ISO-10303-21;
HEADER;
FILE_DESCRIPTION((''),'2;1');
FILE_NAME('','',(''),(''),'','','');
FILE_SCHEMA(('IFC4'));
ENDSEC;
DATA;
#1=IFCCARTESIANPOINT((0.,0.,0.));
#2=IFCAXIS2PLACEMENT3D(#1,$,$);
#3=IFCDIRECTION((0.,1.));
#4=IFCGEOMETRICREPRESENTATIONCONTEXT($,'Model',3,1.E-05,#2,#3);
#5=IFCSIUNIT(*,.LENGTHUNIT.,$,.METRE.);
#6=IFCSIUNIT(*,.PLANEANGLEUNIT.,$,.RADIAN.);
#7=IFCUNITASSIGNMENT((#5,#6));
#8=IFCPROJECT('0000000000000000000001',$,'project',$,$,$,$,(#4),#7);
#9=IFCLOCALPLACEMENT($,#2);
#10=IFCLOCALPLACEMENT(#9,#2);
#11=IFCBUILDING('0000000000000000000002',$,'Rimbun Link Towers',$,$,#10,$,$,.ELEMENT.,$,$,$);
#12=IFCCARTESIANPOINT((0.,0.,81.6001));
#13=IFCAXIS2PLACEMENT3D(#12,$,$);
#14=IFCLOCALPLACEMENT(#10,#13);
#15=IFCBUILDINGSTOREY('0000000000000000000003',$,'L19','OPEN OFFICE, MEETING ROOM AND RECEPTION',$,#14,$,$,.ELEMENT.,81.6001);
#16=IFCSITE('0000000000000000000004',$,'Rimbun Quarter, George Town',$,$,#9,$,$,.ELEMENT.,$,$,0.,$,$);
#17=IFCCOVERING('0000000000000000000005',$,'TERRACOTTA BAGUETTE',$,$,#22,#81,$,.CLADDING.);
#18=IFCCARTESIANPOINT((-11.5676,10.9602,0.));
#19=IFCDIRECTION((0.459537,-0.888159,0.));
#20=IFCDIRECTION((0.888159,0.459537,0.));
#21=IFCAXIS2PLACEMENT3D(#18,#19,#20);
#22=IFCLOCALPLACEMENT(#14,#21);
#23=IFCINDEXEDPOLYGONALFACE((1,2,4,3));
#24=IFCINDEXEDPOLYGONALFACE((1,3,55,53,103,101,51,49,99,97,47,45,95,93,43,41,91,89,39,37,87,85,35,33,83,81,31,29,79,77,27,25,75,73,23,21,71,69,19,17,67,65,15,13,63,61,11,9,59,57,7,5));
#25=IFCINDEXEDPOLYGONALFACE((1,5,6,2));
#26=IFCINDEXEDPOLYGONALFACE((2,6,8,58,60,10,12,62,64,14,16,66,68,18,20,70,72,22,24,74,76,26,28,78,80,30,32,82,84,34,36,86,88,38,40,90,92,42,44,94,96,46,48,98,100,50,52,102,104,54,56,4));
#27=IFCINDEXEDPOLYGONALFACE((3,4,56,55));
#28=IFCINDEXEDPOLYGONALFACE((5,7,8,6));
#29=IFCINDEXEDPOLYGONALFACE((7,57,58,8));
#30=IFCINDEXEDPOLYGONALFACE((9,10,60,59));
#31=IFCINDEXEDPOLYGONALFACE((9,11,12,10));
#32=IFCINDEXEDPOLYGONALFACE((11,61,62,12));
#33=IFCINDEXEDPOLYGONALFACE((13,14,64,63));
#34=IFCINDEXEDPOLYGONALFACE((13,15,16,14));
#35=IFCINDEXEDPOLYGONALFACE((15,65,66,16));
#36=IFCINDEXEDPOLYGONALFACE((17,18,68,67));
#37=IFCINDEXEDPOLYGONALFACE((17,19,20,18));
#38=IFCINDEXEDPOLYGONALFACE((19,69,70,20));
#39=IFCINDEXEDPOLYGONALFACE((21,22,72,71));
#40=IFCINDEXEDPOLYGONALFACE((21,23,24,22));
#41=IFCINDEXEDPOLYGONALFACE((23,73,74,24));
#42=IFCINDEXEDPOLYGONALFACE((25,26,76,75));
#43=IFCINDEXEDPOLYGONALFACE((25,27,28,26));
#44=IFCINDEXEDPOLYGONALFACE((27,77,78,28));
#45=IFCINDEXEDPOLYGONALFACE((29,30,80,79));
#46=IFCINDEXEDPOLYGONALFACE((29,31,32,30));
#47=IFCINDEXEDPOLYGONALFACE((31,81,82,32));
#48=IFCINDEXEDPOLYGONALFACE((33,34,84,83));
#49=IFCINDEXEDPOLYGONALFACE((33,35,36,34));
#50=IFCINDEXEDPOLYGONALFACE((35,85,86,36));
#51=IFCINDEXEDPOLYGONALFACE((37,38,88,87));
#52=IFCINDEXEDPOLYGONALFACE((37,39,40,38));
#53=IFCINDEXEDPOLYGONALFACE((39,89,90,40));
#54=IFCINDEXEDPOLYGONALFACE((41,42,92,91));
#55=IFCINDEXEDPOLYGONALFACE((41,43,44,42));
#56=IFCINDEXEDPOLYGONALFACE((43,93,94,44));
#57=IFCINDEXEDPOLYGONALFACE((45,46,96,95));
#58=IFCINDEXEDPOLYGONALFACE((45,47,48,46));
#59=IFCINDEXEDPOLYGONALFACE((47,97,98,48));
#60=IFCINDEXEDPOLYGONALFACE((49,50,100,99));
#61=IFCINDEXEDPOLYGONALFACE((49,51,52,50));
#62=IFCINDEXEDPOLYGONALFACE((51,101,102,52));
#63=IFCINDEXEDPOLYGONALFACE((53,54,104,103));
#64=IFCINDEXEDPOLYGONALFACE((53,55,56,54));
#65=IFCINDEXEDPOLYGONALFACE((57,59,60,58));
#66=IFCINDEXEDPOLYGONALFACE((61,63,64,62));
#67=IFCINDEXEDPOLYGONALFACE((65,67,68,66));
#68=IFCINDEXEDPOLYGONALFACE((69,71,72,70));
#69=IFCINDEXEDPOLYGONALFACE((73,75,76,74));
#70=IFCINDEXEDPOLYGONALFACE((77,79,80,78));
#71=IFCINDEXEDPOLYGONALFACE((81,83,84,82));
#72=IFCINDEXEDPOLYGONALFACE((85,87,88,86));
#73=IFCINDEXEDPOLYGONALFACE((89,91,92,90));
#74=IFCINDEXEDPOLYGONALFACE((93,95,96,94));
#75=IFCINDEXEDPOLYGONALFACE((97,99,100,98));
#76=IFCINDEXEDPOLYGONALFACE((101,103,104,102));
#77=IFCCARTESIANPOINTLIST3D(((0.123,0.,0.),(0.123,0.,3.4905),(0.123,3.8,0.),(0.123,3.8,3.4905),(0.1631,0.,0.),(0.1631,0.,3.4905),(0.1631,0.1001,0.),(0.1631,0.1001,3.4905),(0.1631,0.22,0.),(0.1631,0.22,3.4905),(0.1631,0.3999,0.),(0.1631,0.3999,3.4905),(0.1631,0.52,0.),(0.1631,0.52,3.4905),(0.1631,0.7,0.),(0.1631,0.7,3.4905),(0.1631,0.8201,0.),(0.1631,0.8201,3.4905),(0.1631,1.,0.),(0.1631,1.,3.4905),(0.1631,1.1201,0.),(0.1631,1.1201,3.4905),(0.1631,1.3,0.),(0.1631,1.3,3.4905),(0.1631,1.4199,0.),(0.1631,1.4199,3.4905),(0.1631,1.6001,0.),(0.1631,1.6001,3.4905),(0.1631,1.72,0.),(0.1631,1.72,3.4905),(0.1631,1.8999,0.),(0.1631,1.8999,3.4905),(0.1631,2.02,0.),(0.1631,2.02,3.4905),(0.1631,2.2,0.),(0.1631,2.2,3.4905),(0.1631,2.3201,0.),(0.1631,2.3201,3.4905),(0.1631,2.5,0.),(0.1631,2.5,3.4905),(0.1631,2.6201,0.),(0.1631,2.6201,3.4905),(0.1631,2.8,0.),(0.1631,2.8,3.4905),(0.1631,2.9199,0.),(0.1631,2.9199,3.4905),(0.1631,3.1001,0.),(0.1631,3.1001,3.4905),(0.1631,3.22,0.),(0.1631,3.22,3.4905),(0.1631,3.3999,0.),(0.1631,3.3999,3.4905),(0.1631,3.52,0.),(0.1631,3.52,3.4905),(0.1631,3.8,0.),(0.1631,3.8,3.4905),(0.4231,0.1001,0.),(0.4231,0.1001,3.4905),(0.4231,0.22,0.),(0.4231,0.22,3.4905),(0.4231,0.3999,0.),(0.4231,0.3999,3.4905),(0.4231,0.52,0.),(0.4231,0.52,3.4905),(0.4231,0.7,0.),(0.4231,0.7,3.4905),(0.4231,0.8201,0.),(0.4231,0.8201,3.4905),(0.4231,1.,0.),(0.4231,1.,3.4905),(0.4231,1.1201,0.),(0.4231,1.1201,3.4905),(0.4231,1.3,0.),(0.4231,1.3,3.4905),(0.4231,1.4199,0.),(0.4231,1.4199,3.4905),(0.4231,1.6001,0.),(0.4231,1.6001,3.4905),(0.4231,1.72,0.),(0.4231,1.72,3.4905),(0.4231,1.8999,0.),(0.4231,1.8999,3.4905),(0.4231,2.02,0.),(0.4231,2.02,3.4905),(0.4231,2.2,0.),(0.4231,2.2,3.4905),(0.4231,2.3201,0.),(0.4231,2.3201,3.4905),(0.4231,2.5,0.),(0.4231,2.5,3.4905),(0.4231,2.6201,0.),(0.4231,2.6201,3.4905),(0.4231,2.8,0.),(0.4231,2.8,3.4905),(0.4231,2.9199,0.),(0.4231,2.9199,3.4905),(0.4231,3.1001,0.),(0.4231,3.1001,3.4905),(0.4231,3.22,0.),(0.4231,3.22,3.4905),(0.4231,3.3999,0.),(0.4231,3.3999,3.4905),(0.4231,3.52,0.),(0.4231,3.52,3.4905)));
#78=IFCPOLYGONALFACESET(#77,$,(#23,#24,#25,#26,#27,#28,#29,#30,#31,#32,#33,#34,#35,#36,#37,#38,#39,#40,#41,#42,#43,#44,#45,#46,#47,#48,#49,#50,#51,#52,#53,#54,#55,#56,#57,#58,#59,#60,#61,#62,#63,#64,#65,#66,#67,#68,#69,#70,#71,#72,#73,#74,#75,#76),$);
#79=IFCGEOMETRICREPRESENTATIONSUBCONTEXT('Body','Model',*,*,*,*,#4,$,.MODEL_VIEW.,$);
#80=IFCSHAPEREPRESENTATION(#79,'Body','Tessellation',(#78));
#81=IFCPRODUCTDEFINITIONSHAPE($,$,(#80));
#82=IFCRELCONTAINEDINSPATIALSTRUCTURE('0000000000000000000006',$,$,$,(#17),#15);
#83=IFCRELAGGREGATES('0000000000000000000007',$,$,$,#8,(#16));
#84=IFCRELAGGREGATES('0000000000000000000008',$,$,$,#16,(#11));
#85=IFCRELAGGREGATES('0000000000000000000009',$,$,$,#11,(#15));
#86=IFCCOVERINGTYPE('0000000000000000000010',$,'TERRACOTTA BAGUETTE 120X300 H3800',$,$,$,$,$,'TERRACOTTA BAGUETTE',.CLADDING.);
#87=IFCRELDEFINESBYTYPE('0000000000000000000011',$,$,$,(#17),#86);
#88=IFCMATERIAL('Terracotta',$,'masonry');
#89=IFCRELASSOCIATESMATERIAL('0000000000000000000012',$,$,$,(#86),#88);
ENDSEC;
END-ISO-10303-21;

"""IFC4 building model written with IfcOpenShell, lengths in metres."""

from ifc_helpers import new_model, si_unit, direction, frame, origin, place, context, subcontext, project, spatial, polyline, outline, extrude, material, material_profile, profile_set, type_object, element, save


model = new_model("IFC4")

# Units and contexts
model_context = context("Model", 3, precision=1e-05, world=origin(), true_north=direction((0.0, 1.0)))
body_context = subcontext(model_context, "Body", "Model", "MODEL_VIEW")
ifc_project = project(units=[si_unit("LENGTHUNIT", "METRE"), si_unit("PLANEANGLEUNIT", "RADIAN")], contexts=[model_context])

# Site, building, storey
site_placement = place(None, origin())
site = spatial("IfcSite", under=ifc_project, at=site_placement, Name="Rimbun Quarter, George Town", CompositionType="ELEMENT", RefElevation=0.0)
building_placement = place(site_placement, origin())
building = spatial("IfcBuilding", under=site, at=building_placement, Name="Rimbun Link Towers", CompositionType="ELEMENT")
storey_placement = place(building_placement, frame((0.0, 0.0, 81.6001)))
storey = spatial("IfcBuildingStorey", under=building, at=storey_placement, Name="L19", Description="OPEN OFFICE, MEETING ROOM AND RECEPTION", CompositionType="ELEMENT", Elevation=81.6001)

# Covering
ifc_material_1 = material(Name="Terracotta", Category="masonry")
ifc_material_profile_1 = material_profile(ifc_material_1, outline(polyline([(0.123, 0.0), (0.1631, 0.0), (0.1631, 0.1001), (0.4231, 0.1001), (0.4231, 0.22), (0.1631, 0.22), (0.1631, 0.3999), (0.4231, 0.3999), (0.4231, 0.52), (0.1631, 0.52), (0.1631, 0.7), (0.4231, 0.7), (0.4231, 0.8201), (0.1631, 0.8201), (0.1631, 1.0), (0.4231, 1.0), (0.4231, 1.1201), (0.1631, 1.1201), (0.1631, 1.3), (0.4231, 1.3), (0.4231, 1.4199), (0.1631, 1.4199), (0.1631, 1.6001), (0.4231, 1.6001), (0.4231, 1.72), (0.1631, 1.72), (0.1631, 1.8999), (0.4231, 1.8999), (0.4231, 2.02), (0.1631, 2.02), (0.1631, 2.2), (0.4231, 2.2), (0.4231, 2.3201), (0.1631, 2.3201), (0.1631, 2.5), (0.4231, 2.5), (0.4231, 2.6201), (0.1631, 2.6201), (0.1631, 2.8), (0.4231, 2.8), (0.4231, 2.9199), (0.1631, 2.9199), (0.1631, 3.1001), (0.4231, 3.1001), (0.4231, 3.22), (0.1631, 3.22), (0.1631, 3.3999), (0.4231, 3.3999), (0.4231, 3.52), (0.1631, 3.52), (0.1631, 3.8), (0.123, 3.8), (0.123, 0.0)])), Name="BAGUETTE 120X300")
ifc_profile_set_1 = profile_set([ifc_material_profile_1], Name="Terracotta")
covering_type_1 = type_object("IfcCoveringType", Name="TERRACOTTA BAGUETTE 120X300 H3800", ElementType="TERRACOTTA BAGUETTE", PredefinedType="CLADDING", material=ifc_profile_set_1)
covering_1_placement = place(storey_placement, frame((-11.5676, 10.9602, 0.0), z_axis=(0.459537, -0.888159, 0.0), x_axis=(0.888159, 0.459537, 0.0)))
element("IfcCovering", 1, at=covering_1_placement, inside=storey, type_object=covering_type_1, Name="TERRACOTTA BAGUETTE", PredefinedType="CLADDING", context=body_context, shape_type="SweptSolid", body=[
    extrude(outline(polyline([(0.123, 0.0), (0.1631, 0.0), (0.1631, 0.1001), (0.4231, 0.1001), (0.4231, 0.22), (0.1631, 0.22), (0.1631, 0.3999), (0.4231, 0.3999), (0.4231, 0.52), (0.1631, 0.52), (0.1631, 0.7), (0.4231, 0.7), (0.4231, 0.8201), (0.1631, 0.8201), (0.1631, 1.0), (0.4231, 1.0), (0.4231, 1.1201), (0.1631, 1.1201), (0.1631, 1.3), (0.4231, 1.3), (0.4231, 1.4199), (0.1631, 1.4199), (0.1631, 1.6001), (0.4231, 1.6001), (0.4231, 1.72), (0.1631, 1.72), (0.1631, 1.8999), (0.4231, 1.8999), (0.4231, 2.02), (0.1631, 2.02), (0.1631, 2.2), (0.4231, 2.2), (0.4231, 2.3201), (0.1631, 2.3201), (0.1631, 2.5), (0.4231, 2.5), (0.4231, 2.6201), (0.1631, 2.6201), (0.1631, 2.8), (0.4231, 2.8), (0.4231, 2.9199), (0.1631, 2.9199), (0.1631, 3.1001), (0.4231, 3.1001), (0.4231, 3.22), (0.1631, 3.22), (0.1631, 3.3999), (0.4231, 3.3999), (0.4231, 3.52), (0.1631, 3.52), (0.1631, 3.8), (0.123, 3.8), (0.123, 0.0)])), origin(), (0.0, 0.0, 1.0), 3.4905),
])

save(model, "model.ifc")
